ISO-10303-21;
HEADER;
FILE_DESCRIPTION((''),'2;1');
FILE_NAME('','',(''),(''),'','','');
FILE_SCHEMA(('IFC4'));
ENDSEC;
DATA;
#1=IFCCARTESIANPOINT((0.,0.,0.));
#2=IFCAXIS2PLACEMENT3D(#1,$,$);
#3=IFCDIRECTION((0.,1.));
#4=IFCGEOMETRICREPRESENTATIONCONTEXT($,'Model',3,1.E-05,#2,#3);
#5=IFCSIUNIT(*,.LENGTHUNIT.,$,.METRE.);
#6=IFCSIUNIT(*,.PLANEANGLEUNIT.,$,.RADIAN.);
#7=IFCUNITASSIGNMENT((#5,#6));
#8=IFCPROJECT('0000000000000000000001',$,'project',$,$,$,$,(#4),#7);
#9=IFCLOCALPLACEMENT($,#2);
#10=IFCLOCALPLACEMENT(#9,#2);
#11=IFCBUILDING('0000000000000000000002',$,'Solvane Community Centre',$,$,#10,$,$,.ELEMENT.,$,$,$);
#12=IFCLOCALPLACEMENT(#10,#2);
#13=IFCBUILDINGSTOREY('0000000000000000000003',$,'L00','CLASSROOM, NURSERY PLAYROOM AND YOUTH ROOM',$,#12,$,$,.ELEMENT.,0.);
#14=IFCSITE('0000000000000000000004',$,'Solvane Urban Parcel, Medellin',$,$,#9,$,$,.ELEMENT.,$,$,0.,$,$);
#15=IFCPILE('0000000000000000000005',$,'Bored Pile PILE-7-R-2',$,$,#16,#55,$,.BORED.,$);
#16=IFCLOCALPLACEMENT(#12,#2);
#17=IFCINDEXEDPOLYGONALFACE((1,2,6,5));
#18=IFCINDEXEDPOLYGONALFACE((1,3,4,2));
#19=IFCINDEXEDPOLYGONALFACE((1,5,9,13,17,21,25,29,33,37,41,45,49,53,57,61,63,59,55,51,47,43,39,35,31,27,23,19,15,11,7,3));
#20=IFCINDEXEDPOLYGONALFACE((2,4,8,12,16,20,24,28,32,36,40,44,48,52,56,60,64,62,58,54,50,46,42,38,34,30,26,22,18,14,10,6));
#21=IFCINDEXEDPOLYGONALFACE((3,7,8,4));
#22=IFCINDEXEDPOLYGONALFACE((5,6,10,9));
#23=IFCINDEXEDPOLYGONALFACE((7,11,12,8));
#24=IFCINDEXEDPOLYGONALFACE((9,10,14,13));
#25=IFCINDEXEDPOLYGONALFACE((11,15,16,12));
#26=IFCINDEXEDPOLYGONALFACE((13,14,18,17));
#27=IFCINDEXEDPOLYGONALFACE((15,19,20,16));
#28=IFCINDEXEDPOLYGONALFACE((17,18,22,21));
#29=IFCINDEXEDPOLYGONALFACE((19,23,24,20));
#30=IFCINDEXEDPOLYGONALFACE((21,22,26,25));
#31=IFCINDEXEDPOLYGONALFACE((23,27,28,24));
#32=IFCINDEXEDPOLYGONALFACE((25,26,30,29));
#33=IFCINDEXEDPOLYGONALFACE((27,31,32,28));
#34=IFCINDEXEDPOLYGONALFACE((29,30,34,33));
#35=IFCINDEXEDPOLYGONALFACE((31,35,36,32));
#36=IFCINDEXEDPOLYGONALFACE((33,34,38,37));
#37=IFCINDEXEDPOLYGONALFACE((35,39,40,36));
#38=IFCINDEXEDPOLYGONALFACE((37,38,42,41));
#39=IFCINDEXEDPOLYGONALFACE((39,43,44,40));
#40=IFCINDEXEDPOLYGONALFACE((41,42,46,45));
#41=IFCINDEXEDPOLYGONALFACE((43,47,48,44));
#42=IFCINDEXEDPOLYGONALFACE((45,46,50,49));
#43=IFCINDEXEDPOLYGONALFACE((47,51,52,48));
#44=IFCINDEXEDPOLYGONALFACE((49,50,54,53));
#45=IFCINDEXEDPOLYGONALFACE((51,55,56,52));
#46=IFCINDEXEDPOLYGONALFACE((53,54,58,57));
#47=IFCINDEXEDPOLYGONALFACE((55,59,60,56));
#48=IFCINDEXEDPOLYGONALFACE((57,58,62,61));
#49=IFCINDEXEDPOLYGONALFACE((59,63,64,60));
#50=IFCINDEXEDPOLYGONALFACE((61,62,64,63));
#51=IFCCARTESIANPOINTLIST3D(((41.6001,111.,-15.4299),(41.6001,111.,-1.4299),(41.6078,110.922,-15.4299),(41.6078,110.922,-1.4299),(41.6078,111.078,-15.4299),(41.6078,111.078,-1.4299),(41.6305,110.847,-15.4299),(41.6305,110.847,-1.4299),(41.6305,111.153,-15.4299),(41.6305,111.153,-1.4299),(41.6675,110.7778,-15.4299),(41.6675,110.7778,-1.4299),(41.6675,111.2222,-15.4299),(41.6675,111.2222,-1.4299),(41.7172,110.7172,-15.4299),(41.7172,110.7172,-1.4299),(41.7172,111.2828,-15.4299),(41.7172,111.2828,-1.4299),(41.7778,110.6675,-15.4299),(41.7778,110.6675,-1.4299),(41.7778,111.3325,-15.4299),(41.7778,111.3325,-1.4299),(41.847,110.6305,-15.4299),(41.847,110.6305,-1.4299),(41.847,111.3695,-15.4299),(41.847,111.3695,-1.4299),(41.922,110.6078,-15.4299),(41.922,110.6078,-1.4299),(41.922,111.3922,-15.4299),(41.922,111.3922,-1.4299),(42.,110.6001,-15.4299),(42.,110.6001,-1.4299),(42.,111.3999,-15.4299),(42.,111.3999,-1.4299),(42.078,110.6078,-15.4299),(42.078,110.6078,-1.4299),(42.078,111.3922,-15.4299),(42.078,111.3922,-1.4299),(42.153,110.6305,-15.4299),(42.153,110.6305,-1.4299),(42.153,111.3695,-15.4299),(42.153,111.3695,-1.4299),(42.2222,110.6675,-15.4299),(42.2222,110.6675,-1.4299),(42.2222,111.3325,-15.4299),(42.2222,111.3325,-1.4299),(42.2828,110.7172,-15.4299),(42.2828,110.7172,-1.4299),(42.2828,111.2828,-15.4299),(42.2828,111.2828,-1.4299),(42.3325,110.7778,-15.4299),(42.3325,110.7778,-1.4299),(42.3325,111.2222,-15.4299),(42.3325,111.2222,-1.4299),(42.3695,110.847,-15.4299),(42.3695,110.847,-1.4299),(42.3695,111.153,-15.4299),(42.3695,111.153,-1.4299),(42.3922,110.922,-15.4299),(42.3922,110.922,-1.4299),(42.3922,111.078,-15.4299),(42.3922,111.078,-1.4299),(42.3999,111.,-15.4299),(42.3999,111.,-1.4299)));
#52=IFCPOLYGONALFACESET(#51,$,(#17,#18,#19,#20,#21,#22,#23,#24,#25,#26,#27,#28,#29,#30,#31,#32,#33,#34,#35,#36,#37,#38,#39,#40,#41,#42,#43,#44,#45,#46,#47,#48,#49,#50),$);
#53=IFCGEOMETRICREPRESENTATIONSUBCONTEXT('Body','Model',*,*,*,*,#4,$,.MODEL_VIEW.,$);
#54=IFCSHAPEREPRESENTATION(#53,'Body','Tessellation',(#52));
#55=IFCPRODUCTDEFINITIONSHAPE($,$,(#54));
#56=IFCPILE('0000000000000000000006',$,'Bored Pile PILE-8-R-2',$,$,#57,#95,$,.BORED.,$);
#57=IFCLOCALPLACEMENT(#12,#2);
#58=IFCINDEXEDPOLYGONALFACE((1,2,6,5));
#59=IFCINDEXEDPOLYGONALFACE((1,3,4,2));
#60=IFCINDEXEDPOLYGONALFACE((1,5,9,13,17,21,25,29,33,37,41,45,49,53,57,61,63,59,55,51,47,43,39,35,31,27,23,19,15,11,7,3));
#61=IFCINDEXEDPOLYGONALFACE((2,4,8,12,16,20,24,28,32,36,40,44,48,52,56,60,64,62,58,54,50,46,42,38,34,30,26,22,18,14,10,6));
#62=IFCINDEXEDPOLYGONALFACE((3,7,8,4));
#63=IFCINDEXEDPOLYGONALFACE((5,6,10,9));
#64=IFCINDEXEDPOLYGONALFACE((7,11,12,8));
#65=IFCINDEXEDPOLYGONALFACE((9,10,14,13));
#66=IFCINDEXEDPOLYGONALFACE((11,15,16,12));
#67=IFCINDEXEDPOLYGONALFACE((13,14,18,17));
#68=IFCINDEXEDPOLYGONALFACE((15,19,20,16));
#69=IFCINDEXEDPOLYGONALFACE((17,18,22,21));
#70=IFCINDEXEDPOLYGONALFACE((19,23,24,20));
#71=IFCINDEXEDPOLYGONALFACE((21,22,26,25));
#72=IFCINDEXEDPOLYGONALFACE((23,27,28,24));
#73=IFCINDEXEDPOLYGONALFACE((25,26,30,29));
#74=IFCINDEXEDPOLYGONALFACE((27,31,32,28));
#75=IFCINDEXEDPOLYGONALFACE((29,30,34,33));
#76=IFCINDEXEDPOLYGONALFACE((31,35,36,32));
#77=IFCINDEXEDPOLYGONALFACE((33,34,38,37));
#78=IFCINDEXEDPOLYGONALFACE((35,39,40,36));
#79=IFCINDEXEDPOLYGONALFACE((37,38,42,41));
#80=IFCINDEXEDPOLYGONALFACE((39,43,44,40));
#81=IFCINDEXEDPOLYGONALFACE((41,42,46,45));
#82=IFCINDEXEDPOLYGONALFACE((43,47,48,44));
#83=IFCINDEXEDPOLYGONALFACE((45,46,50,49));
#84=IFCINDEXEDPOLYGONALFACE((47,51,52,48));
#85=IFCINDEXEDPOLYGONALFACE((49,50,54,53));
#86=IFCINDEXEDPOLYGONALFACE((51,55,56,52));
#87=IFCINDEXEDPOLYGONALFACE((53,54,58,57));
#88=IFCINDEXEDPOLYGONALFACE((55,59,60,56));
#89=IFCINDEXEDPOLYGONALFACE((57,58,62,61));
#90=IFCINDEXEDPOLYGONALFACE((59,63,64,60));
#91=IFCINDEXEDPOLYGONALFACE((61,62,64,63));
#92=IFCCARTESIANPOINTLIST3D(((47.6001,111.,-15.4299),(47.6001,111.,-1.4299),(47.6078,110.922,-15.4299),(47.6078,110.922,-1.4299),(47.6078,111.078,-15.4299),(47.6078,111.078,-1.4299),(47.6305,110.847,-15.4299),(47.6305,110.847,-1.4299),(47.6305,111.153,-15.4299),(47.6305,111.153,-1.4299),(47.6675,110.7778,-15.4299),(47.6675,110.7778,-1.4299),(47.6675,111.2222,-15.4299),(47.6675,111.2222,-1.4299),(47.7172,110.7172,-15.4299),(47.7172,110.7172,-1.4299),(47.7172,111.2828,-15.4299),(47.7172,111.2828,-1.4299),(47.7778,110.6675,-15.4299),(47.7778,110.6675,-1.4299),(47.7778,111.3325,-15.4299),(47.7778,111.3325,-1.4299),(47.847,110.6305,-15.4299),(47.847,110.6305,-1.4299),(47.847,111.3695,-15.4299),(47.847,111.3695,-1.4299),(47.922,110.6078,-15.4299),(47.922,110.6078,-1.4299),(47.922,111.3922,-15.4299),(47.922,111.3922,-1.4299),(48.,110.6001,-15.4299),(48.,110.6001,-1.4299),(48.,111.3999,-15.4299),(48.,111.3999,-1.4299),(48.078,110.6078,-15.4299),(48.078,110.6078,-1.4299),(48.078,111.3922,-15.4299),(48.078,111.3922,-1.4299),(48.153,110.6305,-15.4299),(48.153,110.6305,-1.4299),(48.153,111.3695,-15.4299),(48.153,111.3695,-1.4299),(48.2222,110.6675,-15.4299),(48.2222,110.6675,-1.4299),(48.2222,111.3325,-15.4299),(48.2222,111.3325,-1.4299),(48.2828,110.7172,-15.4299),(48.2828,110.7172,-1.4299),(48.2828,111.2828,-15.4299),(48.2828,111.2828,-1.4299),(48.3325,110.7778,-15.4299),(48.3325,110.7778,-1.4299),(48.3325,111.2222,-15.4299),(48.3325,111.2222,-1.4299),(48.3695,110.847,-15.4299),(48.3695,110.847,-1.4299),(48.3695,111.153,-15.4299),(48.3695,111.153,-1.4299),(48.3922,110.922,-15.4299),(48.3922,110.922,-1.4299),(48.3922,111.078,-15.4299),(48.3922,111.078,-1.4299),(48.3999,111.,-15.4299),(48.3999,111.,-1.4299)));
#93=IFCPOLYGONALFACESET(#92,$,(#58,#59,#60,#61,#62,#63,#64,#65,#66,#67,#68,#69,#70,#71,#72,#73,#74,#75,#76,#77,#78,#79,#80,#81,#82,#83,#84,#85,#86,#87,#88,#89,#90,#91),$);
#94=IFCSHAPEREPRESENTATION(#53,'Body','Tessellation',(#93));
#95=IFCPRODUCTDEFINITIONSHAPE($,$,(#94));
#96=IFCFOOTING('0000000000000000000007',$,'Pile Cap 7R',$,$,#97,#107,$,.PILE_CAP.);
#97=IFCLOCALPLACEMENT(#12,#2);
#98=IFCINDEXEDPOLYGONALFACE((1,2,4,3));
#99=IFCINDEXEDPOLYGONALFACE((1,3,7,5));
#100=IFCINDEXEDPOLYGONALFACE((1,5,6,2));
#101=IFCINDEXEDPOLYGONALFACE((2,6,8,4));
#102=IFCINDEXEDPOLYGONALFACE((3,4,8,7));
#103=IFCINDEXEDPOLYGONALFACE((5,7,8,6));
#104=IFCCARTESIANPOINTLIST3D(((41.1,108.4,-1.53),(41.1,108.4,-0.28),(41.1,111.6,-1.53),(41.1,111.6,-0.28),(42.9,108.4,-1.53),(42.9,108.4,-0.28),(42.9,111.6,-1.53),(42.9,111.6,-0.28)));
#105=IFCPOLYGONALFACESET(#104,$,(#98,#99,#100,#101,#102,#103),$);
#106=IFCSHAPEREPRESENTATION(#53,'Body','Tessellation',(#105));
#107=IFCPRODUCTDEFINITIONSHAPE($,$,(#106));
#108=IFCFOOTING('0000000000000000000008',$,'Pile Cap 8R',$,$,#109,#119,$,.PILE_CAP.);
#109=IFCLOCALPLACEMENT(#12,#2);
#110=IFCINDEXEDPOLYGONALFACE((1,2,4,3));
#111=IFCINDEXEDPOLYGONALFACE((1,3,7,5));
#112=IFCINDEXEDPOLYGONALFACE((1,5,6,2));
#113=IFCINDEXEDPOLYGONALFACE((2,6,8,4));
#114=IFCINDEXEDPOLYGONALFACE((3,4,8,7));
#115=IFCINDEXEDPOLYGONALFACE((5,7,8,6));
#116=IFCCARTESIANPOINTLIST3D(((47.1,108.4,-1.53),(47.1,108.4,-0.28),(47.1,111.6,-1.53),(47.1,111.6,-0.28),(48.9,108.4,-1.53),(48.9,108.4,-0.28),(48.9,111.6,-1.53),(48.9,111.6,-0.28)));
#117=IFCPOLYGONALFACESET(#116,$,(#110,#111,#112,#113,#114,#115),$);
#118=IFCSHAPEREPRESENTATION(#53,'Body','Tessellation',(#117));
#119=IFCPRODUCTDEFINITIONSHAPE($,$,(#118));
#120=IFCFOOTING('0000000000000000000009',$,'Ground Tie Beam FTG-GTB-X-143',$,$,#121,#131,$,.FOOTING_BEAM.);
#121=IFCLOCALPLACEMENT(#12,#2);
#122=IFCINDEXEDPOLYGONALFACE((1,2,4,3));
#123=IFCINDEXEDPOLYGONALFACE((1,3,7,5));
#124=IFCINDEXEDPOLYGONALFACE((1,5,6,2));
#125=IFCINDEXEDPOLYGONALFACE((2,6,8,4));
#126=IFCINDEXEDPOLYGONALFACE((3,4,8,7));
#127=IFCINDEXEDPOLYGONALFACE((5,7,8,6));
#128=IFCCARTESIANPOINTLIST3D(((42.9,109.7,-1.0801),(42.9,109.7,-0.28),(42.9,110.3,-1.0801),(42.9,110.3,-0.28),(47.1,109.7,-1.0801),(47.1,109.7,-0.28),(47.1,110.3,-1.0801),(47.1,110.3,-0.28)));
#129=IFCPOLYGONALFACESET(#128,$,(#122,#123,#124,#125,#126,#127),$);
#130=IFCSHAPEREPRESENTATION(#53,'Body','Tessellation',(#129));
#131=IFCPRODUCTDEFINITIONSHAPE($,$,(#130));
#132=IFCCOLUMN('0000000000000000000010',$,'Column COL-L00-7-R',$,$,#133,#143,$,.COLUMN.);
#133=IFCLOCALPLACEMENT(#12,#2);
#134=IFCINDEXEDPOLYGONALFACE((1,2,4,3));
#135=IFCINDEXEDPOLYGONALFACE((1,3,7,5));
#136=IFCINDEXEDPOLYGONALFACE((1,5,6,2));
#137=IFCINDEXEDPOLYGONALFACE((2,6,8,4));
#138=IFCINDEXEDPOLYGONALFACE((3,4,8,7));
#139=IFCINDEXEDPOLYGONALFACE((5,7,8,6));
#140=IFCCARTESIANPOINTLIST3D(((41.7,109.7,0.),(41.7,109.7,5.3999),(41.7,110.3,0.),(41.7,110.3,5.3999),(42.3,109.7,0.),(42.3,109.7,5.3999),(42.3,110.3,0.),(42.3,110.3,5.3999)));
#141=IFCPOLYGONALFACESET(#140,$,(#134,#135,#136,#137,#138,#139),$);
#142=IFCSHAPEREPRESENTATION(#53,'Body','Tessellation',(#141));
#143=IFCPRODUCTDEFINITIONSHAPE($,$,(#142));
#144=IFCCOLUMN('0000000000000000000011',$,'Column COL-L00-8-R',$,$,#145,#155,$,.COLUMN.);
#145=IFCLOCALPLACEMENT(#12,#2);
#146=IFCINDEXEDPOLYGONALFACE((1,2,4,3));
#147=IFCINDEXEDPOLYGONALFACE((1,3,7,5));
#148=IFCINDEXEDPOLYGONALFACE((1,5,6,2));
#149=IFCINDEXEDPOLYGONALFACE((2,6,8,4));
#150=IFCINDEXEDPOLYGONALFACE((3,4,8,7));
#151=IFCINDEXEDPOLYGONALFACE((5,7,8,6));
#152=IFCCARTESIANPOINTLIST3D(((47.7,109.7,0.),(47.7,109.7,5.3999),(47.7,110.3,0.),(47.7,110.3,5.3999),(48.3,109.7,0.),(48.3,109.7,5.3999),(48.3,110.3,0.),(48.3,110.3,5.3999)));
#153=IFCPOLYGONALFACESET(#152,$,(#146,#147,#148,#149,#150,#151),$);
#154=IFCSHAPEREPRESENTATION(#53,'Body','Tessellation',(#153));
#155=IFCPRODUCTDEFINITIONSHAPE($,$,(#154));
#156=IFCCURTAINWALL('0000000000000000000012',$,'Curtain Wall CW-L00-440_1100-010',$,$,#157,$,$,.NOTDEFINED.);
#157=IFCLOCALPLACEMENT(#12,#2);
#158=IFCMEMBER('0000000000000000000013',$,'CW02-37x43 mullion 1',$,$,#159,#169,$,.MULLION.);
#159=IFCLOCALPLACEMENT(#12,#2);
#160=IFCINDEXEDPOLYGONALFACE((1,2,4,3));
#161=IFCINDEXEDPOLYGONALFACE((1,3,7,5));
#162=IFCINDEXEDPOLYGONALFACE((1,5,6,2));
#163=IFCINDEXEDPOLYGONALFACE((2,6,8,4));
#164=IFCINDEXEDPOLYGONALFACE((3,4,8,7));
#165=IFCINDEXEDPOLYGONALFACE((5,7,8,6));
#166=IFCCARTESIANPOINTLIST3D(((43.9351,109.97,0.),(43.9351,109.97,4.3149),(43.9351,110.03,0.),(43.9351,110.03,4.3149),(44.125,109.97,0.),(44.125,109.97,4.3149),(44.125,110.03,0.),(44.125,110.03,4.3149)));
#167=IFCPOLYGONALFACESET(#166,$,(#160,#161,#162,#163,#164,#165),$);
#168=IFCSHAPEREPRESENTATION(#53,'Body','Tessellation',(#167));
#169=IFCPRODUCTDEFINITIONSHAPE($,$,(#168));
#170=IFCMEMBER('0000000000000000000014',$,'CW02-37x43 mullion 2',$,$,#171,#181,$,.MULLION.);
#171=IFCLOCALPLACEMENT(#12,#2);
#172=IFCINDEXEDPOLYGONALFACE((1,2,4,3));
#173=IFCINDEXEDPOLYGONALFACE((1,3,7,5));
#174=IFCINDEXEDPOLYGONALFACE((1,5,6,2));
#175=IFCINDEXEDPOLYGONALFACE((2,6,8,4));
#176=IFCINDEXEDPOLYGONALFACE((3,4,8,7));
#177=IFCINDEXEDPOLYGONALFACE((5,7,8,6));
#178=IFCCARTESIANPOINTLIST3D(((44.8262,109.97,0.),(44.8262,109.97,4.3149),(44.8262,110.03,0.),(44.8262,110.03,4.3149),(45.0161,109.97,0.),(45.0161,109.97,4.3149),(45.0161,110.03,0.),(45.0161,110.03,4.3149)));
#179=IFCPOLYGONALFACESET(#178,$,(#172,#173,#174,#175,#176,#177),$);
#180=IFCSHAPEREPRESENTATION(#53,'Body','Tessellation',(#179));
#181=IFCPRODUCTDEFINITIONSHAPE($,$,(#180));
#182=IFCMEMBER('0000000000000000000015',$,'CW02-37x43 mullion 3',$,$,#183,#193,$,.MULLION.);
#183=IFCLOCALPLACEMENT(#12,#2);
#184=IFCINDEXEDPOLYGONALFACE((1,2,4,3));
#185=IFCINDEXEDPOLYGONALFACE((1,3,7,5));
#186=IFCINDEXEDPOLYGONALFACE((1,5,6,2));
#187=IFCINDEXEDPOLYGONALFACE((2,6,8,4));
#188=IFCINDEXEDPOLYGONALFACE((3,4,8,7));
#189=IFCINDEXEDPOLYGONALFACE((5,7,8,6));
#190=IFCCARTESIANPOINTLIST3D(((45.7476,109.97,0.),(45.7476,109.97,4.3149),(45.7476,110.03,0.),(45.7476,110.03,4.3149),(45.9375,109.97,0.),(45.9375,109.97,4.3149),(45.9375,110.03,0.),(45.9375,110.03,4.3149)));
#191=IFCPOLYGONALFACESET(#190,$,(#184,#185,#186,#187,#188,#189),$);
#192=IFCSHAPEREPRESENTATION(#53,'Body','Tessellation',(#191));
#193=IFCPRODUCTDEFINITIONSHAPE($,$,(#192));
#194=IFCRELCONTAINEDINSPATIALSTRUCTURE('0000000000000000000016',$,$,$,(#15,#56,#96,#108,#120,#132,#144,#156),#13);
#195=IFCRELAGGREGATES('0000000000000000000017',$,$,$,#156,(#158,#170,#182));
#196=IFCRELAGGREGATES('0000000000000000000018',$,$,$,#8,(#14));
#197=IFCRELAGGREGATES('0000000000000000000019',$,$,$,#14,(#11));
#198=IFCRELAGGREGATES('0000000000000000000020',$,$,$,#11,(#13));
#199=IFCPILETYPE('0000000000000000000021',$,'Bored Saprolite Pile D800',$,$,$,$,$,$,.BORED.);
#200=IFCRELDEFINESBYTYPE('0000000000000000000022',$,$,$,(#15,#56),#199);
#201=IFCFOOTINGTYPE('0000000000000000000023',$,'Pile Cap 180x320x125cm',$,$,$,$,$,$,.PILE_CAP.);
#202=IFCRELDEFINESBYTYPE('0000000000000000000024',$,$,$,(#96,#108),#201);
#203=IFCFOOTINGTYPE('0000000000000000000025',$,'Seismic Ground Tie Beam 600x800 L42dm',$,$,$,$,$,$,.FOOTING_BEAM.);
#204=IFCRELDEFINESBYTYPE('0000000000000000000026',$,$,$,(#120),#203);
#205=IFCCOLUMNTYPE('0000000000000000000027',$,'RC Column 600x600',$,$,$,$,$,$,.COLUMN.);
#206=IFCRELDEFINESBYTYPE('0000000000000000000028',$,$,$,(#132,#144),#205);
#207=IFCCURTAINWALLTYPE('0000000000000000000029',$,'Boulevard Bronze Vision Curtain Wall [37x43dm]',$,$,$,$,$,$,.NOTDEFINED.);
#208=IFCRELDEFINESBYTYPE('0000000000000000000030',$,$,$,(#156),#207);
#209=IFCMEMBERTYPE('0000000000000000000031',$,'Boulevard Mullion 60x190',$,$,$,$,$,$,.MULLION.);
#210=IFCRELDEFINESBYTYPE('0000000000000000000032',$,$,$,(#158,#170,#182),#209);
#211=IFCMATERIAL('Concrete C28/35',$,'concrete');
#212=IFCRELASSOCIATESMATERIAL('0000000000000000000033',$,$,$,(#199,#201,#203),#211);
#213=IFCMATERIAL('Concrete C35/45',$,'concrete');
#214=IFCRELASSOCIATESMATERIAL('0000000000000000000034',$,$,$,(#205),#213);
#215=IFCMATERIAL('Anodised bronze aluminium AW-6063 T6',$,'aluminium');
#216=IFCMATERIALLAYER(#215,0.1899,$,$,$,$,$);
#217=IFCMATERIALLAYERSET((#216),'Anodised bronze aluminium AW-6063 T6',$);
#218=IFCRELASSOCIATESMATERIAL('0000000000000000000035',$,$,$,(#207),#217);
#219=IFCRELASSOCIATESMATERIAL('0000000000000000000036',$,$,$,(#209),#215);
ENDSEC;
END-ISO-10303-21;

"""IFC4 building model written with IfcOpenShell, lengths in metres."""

from ifc_helpers import new_model, si_unit, direction, frame, origin, origin_2d, place, context, subcontext, project, spatial, rectangle, circle, extrude, material, layer, layer_set, material_profile, profile_set, type_object, element, aggregate, save


model = new_model("IFC4")

# Units and contexts
model_context = context("Model", 3, precision=1e-05, world=origin(), true_north=direction((0.0, 1.0)))
body_context = subcontext(model_context, "Body", "Model", "MODEL_VIEW")
ifc_project = project(units=[si_unit("LENGTHUNIT", "METRE"), si_unit("PLANEANGLEUNIT", "RADIAN")], contexts=[model_context])

# Site, building, storey
site_placement = place(None, origin())
site = spatial("IfcSite", under=ifc_project, at=site_placement, Name="Solvane Urban Parcel, Medellin", CompositionType="ELEMENT", RefElevation=0.0)
building_placement = place(site_placement, origin())
building = spatial("IfcBuilding", under=site, at=building_placement, Name="Solvane Community Centre", CompositionType="ELEMENT")
storey_placement = place(building_placement, origin())
storey = spatial("IfcBuildingStorey", under=building, at=storey_placement, Name="L00", Description="CLASSROOM, NURSERY PLAYROOM AND YOUTH ROOM", CompositionType="ELEMENT", Elevation=0.0)

# Piles
ifc_material_1 = material(Name="Concrete C28/35", Category="concrete")
ifc_material_profile_1 = material_profile(ifc_material_1, circle(Radius=0.3999, at=origin_2d()), Name="PILE D800")
ifc_profile_set_1 = profile_set([ifc_material_profile_1], Name="Concrete C28/35")
pile_type = type_object("IfcPileType", Name="Bored Saprolite Pile D800", PredefinedType="BORED", material=ifc_profile_set_1)
for number, where, z_axis, x_axis, name in (
    (1, (42.0, 111.0, -1.4299), (0.0, 0.0, -1.0), (1.0, 0.0, 0.0), "Bored Pile PILE-7-R-2"),
    (2, (48.0, 111.0, -1.4299), (0.0, 0.0, -1.0), (1.0, 0.0, 0.0), "Bored Pile PILE-8-R-2"),
):
    element("IfcPile", number, at=place(storey_placement, frame(where, z_axis=z_axis, x_axis=x_axis)), inside=storey, type_object=pile_type, Name=name, PredefinedType="BORED", context=body_context, shape_type="SweptSolid", body=[
        extrude(circle(Radius=0.3999, at=origin_2d()), origin(), (0.0, 0.0, 1.0), 14.0),
    ])

# Footings
footing_type_1 = type_object("IfcFootingType", Name="Pile Cap 180x320x125cm", PredefinedType="PILE_CAP", material=ifc_material_1)
for number, where, z_axis, x_axis, name in (
    (3, (42.0, 110.0, -1.53), (0.0, 0.0, 1.0), (1.0, 0.0, 0.0), "Pile Cap 7R"),
    (4, (48.0, 110.0, -1.53), (0.0, 0.0, 1.0), (1.0, 0.0, 0.0), "Pile Cap 8R"),
):
    element("IfcFooting", number, at=place(storey_placement, frame(where, z_axis=z_axis, x_axis=x_axis)), inside=storey, type_object=footing_type_1, Name=name, PredefinedType="PILE_CAP", context=body_context, shape_type="SweptSolid", body=[
        extrude(rectangle(XDim=1.8, YDim=3.2, at=origin_2d()), origin(), (0.0, 0.0, 1.0), 1.25),
    ])
footing_type_2 = type_object("IfcFootingType", Name="Seismic Ground Tie Beam 600x800 L42dm", PredefinedType="FOOTING_BEAM", material=ifc_material_1)
footing_placement = place(storey_placement, frame((45.0, 110.0, -1.0801), z_axis=(0.0, 0.0, 1.0), x_axis=(1.0, 0.0, 0.0)))
element("IfcFooting", 5, at=footing_placement, inside=storey, type_object=footing_type_2, Name="Ground Tie Beam FTG-GTB-X-143", PredefinedType="FOOTING_BEAM", context=body_context, shape_type="SweptSolid", body=[
    extrude(rectangle(XDim=4.2, YDim=0.6001, at=origin_2d()), origin(), (0.0, 0.0, 1.0), 0.8),
])

# Columns
ifc_material_2 = material(Name="Concrete C35/45", Category="concrete")
ifc_material_profile_2 = material_profile(ifc_material_2, rectangle(XDim=0.6001, YDim=0.6001, at=origin_2d()), Name="RC 600x600")
ifc_profile_set_2 = profile_set([ifc_material_profile_2], Name="Concrete C35/45")
column_type = type_object("IfcColumnType", Name="RC Column 600x600", PredefinedType="COLUMN", material=ifc_profile_set_2)
for number, where, z_axis, x_axis, name in (
    (6, (42.0, 110.0, 0.0), (0.0, 0.0, 1.0), (1.0, 0.0, 0.0), "Column COL-L00-7-R"),
    (7, (48.0, 110.0, 0.0), (0.0, 0.0, 1.0), (1.0, 0.0, 0.0), "Column COL-L00-8-R"),
):
    element("IfcColumn", number, at=place(storey_placement, frame(where, z_axis=z_axis, x_axis=x_axis)), inside=storey, type_object=column_type, Name=name, PredefinedType="COLUMN", context=body_context, shape_type="SweptSolid", body=[
        extrude(rectangle(XDim=0.6001, YDim=0.6001, at=origin_2d()), origin(), (0.0, 0.0, 1.0), 5.3999),
    ])

# Curtain wall, members
ifc_material_3 = material(Name="Anodised bronze aluminium AW-6063 T6", Category="aluminium")
ifc_layer_1 = layer(ifc_material_3, 0.1899)
ifc_layer_set_1 = layer_set([ifc_layer_1], Name="Anodised bronze aluminium AW-6063 T6")
curtain_wall_type = type_object("IfcCurtainWallType", Name="Boulevard Bronze Vision Curtain Wall [37x43dm]", PredefinedType="NOTDEFINED", material=ifc_layer_set_1)
curtain_wall_1_placement = place(storey_placement, origin())
curtain_wall_1 = element("IfcCurtainWall", 8, at=curtain_wall_1_placement, inside=storey, type_object=curtain_wall_type, Name="Curtain Wall CW-L00-440_1100-010", PredefinedType="NOTDEFINED")
ifc_material_profile_3 = material_profile(ifc_material_3, rectangle(XDim=0.0601, YDim=0.1899, at=origin_2d()), Name="CW-M 60x190")
ifc_profile_set_3 = profile_set([ifc_material_profile_3], Name="Anodised bronze aluminium AW-6063 T6")
member_type_1 = type_object("IfcMemberType", Name="Boulevard Mullion 60x190", PredefinedType="MULLION", material=ifc_profile_set_3)
member_1_placement = place(storey_placement, frame((44.03, 110.0, 0.0), z_axis=(0.0, 0.0, 1.0), x_axis=(0.0, 1.0, 0.0)))
member_1 = element("IfcMember", 9, at=member_1_placement, type_object=member_type_1, Name="CW02-37x43 mullion 1", PredefinedType="MULLION", context=body_context, shape_type="SweptSolid", body=[
    extrude(rectangle(XDim=0.0601, YDim=0.1899, at=origin_2d()), origin(), (0.0, 0.0, 1.0), 4.3149),
])
member_2_placement = place(storey_placement, frame((44.9211, 110.0, 0.0), z_axis=(0.0, 0.0, 1.0), x_axis=(0.0, 1.0, 0.0)))
member_2 = element("IfcMember", 10, at=member_2_placement, type_object=member_type_1, Name="CW02-37x43 mullion 2", PredefinedType="MULLION", context=body_context, shape_type="SweptSolid", body=[
    extrude(rectangle(XDim=0.0601, YDim=0.1899, at=origin_2d()), origin(), (0.0, 0.0, 1.0), 4.3149),
])
member_3_placement = place(storey_placement, frame((45.8425, 110.0, 0.0), z_axis=(0.0, 0.0, 1.0), x_axis=(0.0, 1.0, 0.0)))
member_3 = element("IfcMember", 11, at=member_3_placement, type_object=member_type_1, Name="CW02-37x43 mullion 3", PredefinedType="MULLION", context=body_context, shape_type="SweptSolid", body=[
    extrude(rectangle(XDim=0.0601, YDim=0.1899, at=origin_2d()), origin(), (0.0, 0.0, 1.0), 4.3149),
])

aggregate(curtain_wall_1, [member_1, member_2, member_3])

save(model, "model.ifc")
